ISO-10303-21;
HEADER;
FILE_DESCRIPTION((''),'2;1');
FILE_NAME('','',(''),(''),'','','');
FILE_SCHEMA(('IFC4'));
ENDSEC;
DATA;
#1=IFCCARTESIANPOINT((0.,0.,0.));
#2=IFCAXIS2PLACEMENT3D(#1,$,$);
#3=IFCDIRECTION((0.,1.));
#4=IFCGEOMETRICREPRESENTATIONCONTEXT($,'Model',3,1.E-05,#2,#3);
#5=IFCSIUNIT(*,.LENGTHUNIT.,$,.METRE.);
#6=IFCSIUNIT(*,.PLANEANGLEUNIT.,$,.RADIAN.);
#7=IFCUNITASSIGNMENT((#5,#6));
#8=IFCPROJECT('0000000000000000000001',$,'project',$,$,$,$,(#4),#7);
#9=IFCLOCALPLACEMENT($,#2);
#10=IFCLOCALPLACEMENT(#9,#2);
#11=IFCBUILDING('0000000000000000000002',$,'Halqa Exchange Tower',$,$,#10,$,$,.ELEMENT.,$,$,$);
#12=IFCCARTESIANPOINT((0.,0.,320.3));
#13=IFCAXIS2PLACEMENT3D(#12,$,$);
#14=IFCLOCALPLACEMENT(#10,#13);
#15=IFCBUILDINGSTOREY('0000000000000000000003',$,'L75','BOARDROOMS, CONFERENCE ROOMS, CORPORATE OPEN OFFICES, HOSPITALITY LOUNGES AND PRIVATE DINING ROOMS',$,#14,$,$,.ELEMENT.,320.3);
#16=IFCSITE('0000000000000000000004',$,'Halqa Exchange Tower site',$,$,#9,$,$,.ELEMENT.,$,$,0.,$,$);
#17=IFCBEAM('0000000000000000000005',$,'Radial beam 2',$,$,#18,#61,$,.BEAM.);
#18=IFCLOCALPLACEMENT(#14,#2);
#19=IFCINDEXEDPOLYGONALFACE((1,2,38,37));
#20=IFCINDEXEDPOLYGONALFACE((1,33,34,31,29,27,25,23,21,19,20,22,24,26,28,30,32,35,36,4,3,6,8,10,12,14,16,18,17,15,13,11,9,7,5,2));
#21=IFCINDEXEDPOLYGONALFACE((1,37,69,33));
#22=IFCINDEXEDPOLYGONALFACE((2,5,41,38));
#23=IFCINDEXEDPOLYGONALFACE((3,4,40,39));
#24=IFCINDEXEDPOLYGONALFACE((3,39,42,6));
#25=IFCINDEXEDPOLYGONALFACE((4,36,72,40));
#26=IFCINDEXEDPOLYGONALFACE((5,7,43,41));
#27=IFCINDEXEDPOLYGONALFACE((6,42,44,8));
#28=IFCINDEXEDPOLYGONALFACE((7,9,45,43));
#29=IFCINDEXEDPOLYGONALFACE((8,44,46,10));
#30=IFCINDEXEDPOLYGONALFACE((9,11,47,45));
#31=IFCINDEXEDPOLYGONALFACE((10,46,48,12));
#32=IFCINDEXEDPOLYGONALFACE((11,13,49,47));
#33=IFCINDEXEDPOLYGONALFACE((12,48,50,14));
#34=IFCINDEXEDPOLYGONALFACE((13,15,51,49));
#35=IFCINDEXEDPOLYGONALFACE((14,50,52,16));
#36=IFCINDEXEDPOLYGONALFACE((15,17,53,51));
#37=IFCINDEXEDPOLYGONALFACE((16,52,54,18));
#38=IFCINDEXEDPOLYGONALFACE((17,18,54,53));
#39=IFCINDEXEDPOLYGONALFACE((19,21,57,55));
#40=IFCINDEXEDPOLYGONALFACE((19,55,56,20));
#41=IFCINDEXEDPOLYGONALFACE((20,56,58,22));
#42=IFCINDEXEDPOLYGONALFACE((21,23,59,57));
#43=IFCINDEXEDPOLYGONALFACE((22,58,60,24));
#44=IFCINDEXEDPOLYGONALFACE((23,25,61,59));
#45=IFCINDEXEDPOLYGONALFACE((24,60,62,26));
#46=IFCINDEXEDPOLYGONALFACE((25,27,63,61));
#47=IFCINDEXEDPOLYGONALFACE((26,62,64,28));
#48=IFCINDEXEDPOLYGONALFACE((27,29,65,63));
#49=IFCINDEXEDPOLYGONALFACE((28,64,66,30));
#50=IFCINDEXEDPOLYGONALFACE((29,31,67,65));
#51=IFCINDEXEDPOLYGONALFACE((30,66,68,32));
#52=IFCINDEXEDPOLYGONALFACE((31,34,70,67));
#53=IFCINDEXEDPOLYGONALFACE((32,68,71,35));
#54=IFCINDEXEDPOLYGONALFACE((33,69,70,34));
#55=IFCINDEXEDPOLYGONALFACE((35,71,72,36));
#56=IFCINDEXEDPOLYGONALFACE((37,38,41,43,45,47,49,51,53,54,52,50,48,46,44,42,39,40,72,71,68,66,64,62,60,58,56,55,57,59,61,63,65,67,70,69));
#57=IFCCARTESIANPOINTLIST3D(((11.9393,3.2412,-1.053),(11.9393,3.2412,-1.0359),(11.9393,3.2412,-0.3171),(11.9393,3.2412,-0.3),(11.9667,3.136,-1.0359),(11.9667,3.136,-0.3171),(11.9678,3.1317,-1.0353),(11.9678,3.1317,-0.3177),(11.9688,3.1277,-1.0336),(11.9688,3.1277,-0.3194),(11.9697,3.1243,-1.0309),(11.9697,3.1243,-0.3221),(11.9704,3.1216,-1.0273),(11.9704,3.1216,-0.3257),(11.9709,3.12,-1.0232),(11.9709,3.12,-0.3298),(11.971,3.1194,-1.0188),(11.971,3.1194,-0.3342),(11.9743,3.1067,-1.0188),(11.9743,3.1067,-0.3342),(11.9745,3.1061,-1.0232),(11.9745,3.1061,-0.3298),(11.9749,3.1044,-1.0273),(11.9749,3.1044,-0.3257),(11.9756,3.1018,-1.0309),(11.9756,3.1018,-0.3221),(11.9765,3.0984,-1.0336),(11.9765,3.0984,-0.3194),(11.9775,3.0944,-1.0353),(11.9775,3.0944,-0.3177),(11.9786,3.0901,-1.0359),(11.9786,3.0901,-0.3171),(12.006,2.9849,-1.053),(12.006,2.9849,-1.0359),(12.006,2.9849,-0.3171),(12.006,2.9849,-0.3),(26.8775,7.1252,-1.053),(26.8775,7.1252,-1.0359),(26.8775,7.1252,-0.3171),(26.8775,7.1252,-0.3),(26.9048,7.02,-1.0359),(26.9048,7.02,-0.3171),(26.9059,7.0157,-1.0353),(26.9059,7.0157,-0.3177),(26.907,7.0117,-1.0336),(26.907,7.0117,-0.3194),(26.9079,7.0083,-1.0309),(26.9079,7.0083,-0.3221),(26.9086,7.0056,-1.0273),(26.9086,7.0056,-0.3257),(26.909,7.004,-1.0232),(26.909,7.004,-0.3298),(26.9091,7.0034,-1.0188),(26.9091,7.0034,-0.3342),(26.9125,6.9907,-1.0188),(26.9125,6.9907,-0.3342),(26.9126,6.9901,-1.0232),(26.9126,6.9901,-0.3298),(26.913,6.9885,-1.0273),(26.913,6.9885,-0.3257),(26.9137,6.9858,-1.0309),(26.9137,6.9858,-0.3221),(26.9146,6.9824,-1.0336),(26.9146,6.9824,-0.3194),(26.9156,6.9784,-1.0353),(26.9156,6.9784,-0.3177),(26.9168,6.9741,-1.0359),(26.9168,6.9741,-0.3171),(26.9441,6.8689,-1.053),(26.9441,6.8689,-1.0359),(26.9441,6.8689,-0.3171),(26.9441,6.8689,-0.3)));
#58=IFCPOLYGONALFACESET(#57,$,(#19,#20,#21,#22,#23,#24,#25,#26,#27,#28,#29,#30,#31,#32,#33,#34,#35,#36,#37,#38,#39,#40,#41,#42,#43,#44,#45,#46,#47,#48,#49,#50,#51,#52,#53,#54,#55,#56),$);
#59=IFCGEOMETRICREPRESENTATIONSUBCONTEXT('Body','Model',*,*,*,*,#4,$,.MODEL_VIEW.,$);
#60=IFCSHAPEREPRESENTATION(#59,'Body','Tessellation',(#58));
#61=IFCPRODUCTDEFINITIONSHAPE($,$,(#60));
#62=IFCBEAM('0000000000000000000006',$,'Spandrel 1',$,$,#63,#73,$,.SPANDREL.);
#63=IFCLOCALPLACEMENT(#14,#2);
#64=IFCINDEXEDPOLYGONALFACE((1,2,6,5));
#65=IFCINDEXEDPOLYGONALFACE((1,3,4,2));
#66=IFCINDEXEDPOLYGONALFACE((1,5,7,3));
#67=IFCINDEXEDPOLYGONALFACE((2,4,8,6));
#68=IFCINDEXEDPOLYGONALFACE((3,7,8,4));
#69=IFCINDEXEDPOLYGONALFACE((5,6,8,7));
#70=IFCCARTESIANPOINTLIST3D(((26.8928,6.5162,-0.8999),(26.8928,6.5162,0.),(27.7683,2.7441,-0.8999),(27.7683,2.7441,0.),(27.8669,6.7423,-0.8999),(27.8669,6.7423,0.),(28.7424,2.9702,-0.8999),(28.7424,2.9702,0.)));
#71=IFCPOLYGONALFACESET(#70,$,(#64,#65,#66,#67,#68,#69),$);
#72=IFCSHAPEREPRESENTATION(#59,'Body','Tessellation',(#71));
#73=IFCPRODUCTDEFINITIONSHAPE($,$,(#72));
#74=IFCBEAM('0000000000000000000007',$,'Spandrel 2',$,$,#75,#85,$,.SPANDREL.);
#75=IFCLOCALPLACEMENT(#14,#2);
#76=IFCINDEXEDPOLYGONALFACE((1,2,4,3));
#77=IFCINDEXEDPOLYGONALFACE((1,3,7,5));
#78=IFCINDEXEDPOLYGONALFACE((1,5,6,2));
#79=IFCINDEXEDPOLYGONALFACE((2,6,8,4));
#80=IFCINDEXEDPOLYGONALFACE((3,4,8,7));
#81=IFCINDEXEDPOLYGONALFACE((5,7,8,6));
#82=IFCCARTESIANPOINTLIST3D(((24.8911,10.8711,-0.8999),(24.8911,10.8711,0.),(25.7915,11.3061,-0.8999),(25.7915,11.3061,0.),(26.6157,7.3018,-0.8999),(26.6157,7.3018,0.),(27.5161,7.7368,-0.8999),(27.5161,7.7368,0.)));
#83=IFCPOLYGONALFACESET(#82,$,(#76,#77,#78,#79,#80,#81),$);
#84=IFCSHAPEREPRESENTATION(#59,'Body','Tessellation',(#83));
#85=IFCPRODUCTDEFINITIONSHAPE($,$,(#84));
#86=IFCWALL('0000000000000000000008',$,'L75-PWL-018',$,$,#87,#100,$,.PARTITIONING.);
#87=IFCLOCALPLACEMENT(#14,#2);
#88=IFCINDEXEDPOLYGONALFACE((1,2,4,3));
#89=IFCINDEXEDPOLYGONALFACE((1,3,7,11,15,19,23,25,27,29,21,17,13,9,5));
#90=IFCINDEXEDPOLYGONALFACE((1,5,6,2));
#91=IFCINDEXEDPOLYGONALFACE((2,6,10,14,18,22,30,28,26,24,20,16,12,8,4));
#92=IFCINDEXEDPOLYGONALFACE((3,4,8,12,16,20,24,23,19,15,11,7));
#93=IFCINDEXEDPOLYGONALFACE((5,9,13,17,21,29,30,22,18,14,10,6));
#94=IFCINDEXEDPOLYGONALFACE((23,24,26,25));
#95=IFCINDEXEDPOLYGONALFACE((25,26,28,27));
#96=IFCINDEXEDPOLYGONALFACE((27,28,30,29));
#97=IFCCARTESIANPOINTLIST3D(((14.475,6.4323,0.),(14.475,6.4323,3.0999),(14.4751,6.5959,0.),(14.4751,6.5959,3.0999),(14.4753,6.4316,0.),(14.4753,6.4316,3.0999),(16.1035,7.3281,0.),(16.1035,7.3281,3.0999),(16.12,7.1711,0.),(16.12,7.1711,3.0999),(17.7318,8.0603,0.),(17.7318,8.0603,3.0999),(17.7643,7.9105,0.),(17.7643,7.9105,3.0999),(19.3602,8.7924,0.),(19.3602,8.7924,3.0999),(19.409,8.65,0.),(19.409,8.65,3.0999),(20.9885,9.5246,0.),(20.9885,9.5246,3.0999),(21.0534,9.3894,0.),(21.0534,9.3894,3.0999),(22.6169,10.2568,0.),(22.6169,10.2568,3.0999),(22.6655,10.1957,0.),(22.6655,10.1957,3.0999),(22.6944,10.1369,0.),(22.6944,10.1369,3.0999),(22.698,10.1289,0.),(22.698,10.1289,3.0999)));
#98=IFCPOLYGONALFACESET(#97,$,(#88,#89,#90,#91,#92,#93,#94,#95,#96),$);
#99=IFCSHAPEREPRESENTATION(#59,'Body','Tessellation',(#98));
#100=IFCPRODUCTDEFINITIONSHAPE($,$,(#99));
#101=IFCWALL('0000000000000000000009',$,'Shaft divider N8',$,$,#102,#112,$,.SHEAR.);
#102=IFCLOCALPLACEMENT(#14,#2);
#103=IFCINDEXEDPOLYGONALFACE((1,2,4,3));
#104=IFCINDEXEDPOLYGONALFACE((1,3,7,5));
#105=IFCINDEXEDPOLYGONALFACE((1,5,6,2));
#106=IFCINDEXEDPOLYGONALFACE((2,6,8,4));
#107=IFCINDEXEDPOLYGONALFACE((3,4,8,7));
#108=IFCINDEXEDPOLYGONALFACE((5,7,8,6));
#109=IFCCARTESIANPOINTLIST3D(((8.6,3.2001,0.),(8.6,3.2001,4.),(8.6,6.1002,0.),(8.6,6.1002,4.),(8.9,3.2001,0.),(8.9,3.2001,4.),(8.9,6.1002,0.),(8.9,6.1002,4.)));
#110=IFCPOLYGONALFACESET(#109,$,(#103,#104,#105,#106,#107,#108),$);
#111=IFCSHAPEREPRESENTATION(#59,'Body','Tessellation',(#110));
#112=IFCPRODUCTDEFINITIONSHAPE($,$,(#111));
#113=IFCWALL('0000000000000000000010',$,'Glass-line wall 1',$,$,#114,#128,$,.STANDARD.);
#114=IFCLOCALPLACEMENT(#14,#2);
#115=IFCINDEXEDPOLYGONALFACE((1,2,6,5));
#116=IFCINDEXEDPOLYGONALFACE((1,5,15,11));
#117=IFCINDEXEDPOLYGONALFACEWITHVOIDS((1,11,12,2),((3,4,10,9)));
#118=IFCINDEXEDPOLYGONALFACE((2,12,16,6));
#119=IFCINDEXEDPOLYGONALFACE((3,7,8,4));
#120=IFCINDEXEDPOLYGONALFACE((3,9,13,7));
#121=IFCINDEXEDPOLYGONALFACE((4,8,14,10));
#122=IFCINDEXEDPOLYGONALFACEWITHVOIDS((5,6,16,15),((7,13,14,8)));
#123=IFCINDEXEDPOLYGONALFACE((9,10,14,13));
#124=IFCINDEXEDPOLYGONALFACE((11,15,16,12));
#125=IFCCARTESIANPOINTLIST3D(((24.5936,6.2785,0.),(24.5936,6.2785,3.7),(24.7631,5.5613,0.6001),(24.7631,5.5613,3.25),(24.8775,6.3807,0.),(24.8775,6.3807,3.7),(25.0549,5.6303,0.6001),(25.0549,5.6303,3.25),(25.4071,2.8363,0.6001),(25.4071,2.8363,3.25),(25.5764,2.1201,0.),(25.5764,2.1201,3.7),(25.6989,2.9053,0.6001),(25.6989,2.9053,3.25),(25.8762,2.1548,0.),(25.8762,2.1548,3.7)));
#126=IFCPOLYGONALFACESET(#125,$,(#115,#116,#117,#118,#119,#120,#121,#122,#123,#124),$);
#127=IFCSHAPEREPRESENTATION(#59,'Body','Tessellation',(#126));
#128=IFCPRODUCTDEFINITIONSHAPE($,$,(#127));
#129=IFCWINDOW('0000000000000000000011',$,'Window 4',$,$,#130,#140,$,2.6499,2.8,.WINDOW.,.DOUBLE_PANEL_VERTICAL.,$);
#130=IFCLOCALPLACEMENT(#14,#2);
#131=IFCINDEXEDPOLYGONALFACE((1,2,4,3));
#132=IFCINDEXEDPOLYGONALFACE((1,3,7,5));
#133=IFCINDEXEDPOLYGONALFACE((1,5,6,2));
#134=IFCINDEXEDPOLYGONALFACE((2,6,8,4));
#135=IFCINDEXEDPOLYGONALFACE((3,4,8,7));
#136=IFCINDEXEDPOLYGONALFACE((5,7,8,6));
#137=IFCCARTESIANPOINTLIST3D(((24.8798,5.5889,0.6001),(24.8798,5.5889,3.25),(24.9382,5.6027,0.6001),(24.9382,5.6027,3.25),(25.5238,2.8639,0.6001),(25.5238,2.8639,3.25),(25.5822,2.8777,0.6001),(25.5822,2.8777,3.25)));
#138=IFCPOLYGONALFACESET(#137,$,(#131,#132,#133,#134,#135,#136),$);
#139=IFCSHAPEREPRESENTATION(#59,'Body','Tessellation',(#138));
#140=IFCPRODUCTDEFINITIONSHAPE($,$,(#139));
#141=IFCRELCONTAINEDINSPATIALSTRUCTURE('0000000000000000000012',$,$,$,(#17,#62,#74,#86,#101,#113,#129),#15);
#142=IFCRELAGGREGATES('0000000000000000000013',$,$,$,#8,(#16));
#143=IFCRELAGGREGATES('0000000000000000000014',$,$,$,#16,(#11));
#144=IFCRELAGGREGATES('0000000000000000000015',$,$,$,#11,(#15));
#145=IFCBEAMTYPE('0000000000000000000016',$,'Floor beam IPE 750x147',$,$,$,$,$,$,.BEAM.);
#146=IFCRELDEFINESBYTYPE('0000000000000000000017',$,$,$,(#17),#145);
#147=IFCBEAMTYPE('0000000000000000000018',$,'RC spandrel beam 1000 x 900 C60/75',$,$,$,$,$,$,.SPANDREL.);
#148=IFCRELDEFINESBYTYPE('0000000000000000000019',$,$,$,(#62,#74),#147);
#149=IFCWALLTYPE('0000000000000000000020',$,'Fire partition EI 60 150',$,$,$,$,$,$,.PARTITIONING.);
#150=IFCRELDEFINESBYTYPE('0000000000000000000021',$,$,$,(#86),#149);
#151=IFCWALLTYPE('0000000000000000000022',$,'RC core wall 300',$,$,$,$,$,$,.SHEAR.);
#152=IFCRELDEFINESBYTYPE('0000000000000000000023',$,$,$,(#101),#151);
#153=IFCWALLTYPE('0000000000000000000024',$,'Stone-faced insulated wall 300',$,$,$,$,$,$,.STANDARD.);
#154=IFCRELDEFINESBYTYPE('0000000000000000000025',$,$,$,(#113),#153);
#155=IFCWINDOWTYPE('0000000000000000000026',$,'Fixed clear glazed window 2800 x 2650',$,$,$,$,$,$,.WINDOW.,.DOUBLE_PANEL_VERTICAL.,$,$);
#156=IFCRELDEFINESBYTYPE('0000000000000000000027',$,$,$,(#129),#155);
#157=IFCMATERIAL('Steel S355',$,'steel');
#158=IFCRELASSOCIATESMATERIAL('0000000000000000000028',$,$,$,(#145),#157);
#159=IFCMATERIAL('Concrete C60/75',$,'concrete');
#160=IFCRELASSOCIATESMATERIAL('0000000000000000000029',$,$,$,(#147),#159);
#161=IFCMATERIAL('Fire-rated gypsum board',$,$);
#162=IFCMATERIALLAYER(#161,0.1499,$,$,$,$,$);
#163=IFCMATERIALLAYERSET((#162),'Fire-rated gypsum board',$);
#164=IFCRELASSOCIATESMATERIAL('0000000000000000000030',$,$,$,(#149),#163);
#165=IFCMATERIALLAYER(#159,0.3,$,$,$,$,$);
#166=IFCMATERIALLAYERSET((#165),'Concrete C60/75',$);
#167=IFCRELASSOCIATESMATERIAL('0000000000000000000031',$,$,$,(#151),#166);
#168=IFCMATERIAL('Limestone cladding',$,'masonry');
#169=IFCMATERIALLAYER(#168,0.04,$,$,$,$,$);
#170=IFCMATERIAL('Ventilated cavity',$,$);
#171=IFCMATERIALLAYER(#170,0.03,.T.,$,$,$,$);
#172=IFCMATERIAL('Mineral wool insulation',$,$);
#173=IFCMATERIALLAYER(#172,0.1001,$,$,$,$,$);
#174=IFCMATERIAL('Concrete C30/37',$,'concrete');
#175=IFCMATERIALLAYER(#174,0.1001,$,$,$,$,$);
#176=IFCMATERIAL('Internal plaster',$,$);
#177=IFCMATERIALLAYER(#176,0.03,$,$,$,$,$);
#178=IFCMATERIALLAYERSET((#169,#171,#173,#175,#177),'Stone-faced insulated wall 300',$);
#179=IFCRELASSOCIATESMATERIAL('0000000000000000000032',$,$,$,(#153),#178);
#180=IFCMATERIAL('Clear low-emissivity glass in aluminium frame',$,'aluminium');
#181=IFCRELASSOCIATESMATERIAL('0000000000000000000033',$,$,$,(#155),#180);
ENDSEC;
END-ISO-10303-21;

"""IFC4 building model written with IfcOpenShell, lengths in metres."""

from ifc_helpers import new_model, si_unit, direction, frame, frame_2d, origin, origin_2d, place, context, subcontext, project, spatial, polyline, rectangle, i_section, outline, extrude, material, layer, layer_set, material_profile, profile_set, type_object, element, fill, save


model = new_model("IFC4")

# Units and contexts
model_context = context("Model", 3, precision=1e-05, world=origin(), true_north=direction((0.0, 1.0)))
body_context = subcontext(model_context, "Body", "Model", "MODEL_VIEW")
ifc_project = project(units=[si_unit("LENGTHUNIT", "METRE"), si_unit("PLANEANGLEUNIT", "RADIAN")], contexts=[model_context])

# Site, building, storey
site_placement = place(None, origin())
site = spatial("IfcSite", under=ifc_project, at=site_placement, Name="Halqa Exchange Tower site", CompositionType="ELEMENT", RefElevation=0.0)
building_placement = place(site_placement, origin())
building = spatial("IfcBuilding", under=site, at=building_placement, Name="Halqa Exchange Tower", CompositionType="ELEMENT")
storey_placement = place(building_placement, frame((0.0, 0.0, 320.3)))
storey = spatial("IfcBuildingStorey", under=building, at=storey_placement, Name="L75", Description="BOARDROOMS, CONFERENCE ROOMS, CORPORATE OPEN OFFICES, HOSPITALITY LOUNGES AND PRIVATE DINING ROOMS", CompositionType="ELEMENT", Elevation=320.3)

# Beams
ifc_material_1 = material(Name="Steel S355", Category="steel")
ifc_material_profile_1 = material_profile(ifc_material_1, i_section(OverallWidth=0.2649, OverallDepth=0.7529, WebThickness=0.0132, FlangeThickness=0.0171, FilletRadius=0.0171, at=origin_2d()), Name="IPE 750x147")
ifc_profile_set_1 = profile_set([ifc_material_profile_1], Name="Steel S355")
beam_type_1 = type_object("IfcBeamType", Name="Floor beam IPE 750x147", PredefinedType="BEAM", material=ifc_profile_set_1)
beam_1_placement = place(storey_placement, frame((11.9727, 3.113, -0.6765), z_axis=(0.967821, 0.251639, 0.0), x_axis=(-0.251639, 0.967821, 0.0)))
element("IfcBeam", 1, at=beam_1_placement, inside=storey, type_object=beam_type_1, Name="Radial beam 2", PredefinedType="BEAM", context=body_context, shape_type="SweptSolid", body=[
    extrude(i_section(OverallWidth=0.2649, OverallDepth=0.7529, WebThickness=0.0132, FlangeThickness=0.0171, FilletRadius=0.0171, at=origin_2d()), origin(), (0.0, 0.0, 1.0), 15.4348),
])
ifc_material_2 = material(Name="Concrete C60/75", Category="concrete")
ifc_material_profile_2 = material_profile(ifc_material_2, rectangle(XDim=1.0, YDim=0.8999, at=origin_2d()), Name="1000 x 900")
ifc_profile_set_2 = profile_set([ifc_material_profile_2], Name="Concrete C60/75")
beam_type_2 = type_object("IfcBeamType", Name="RC spandrel beam 1000 x 900 C60/75", PredefinedType="SPANDREL", material=ifc_profile_set_2)
beam_2_placement = place(storey_placement, frame((28.2554, 2.8572, -0.45), z_axis=(-0.226093, 0.974106, 0.0), x_axis=(-0.974106, -0.226093, 0.0)))
element("IfcBeam", 2, at=beam_2_placement, inside=storey, type_object=beam_type_2, Name="Spandrel 1", PredefinedType="SPANDREL", context=body_context, shape_type="SweptSolid", body=[
    extrude(rectangle(XDim=1.0, YDim=0.8999, at=origin_2d()), origin(), (0.0, 0.0, 1.0), 3.8723),
])
beam_3_placement = place(storey_placement, frame((27.0659, 7.5193, -0.45), z_axis=(-0.435052, 0.900405, 0.0), x_axis=(-0.900405, -0.435052, 0.0)))
element("IfcBeam", 3, at=beam_3_placement, inside=storey, type_object=beam_type_2, Name="Spandrel 2", PredefinedType="SPANDREL", context=body_context, shape_type="SweptSolid", body=[
    extrude(rectangle(XDim=1.0, YDim=0.8999, at=origin_2d()), origin(), (0.0, 0.0, 1.0), 3.9641),
])

# Walls
ifc_material_3 = material(Name="Fire-rated gypsum board")
ifc_layer_1 = layer(ifc_material_3, 0.1499)
ifc_layer_set_1 = layer_set([ifc_layer_1], Name="Fire-rated gypsum board")
wall_type_1 = type_object("IfcWallType", Name="Fire partition EI 60 150", PredefinedType="PARTITIONING", material=ifc_layer_set_1)
wall_1_placement = place(storey_placement, frame((22.6672, 10.1973, 0.0), z_axis=(0.0, 0.0, 1.0), x_axis=(-0.912043, -0.410094, 0.0)))
element("IfcWall", 4, at=wall_1_placement, inside=storey, type_object=wall_type_1, Name="L75-PWL-018", PredefinedType="PARTITIONING", context=body_context, shape_type="SweptSolid", body=[
    extrude(outline(polyline([(0.0215, -0.075), (1.8069, -0.075), (3.5923, -0.075), (5.3777, -0.075), (7.1631, -0.075), (8.9485, -0.075), (9.0156, 0.0742), (9.0156, 0.075), (7.2124, 0.075), (5.4094, 0.075), (3.6062, 0.075), (1.8032, 0.075), (0.0, 0.075), (0.0, 0.0662), (0.0022, 0.0007), (0.0215, -0.075)])), origin(), (0.0, 0.0, 1.0), 3.0999),
])
ifc_layer_2 = layer(ifc_material_2, 0.3)
ifc_layer_set_2 = layer_set([ifc_layer_2], Name="Concrete C60/75")
wall_type_2 = type_object("IfcWallType", Name="RC core wall 300", PredefinedType="SHEAR", material=ifc_layer_set_2)
wall_2_placement = place(storey_placement, frame((8.75, 3.2, 0.0), z_axis=(0.0, 0.0, 1.0), x_axis=(0.0, 1.0, 0.0)))
element("IfcWall", 5, at=wall_2_placement, inside=storey, type_object=wall_type_2, Name="Shaft divider N8", PredefinedType="SHEAR", context=body_context, shape_type="SweptSolid", body=[
    extrude(rectangle(XDim=2.9001, YDim=0.3, at=frame_2d((1.4502, 0.0))), origin(), (0.0, 0.0, 1.0), 4.0),
])

# Wall, opening, window
ifc_material_4 = material(Name="Limestone cladding", Category="masonry")
ifc_layer_3 = layer(ifc_material_4, 0.04)
ifc_material_5 = material(Name="Ventilated cavity")
ifc_layer_4 = layer(ifc_material_5, 0.03, ventilated=True)
ifc_material_6 = material(Name="Mineral wool insulation")
ifc_layer_5 = layer(ifc_material_6, 0.1001)
ifc_material_7 = material(Name="Concrete C30/37", Category="concrete")
ifc_layer_6 = layer(ifc_material_7, 0.1001)
ifc_material_8 = material(Name="Internal plaster")
ifc_layer_7 = layer(ifc_material_8, 0.03)
ifc_layer_set_3 = layer_set([ifc_layer_3, ifc_layer_4, ifc_layer_5, ifc_layer_6, ifc_layer_7], Name="Stone-faced insulated wall 300")
wall_type_3 = type_object("IfcWallType", Name="Stone-faced insulated wall 300", PredefinedType="STANDARD", material=ifc_layer_set_3)
wall_3_placement = place(storey_placement, frame((25.7263, 2.1375, 0.0), z_axis=(0.0, 0.0, 1.0), x_axis=(-0.229993, 0.973192, 0.0)))
wall_3 = element("IfcWall", 6, at=wall_3_placement, inside=storey, type_object=wall_type_3, Name="Glass-line wall 1", PredefinedType="STANDARD", context=body_context, shape_type="SweptSolid", body=[
    extrude(outline(polyline([(-0.0176, -0.1499), (4.3247, -0.1499), (4.2905, 0.1499), (0.0176, 0.1499), (-0.0176, -0.1499)])), origin(), (0.0, 0.0, 1.0), 3.7),
])
opening_1_placement = place(wall_3_placement, frame((0.7537, 0.0, 0.6001)))
opening_1 = element("IfcOpeningElement", 7, at=opening_1_placement, cuts=wall_3, PredefinedType="OPENING", context=body_context, shape_type="SweptSolid", body=[
    extrude(rectangle(XDim=2.8, YDim=2.6499, at=frame_2d((1.3999, 1.325))), frame((0.0, 0.1621, 0.0), z_axis=(0.0, -1.0, 0.0), x_axis=(1.0, 0.0, 0.0)), (0.0, 0.0, 1.0), 0.324),
])
ifc_material_9 = material(Name="Clear low-emissivity glass in aluminium frame", Category="aluminium")
window_type = type_object("IfcWindowType", Name="Fixed clear glazed window 2800 x 2650", PartitioningType="DOUBLE_PANEL_VERTICAL", PredefinedType="WINDOW", material=ifc_material_9)
window_1_placement = place(opening_1_placement, origin())
window_1 = element("IfcWindow", 8, at=window_1_placement, inside=storey, type_object=window_type, Name="Window 4", OverallHeight=2.6499, OverallWidth=2.8, PartitioningType="DOUBLE_PANEL_VERTICAL", PredefinedType="WINDOW", context=body_context, shape_type="SweptSolid", body=[
    extrude(rectangle(XDim=2.8, YDim=2.6499, at=frame_2d((1.3999, 1.325))), frame((0.0, 0.03, 0.0), z_axis=(0.0, -1.0, 0.0), x_axis=(1.0, 0.0, 0.0)), (0.0, 0.0, 1.0), 0.0601),
])
fill(opening_1, window_1)

save(model, "model.ifc")
